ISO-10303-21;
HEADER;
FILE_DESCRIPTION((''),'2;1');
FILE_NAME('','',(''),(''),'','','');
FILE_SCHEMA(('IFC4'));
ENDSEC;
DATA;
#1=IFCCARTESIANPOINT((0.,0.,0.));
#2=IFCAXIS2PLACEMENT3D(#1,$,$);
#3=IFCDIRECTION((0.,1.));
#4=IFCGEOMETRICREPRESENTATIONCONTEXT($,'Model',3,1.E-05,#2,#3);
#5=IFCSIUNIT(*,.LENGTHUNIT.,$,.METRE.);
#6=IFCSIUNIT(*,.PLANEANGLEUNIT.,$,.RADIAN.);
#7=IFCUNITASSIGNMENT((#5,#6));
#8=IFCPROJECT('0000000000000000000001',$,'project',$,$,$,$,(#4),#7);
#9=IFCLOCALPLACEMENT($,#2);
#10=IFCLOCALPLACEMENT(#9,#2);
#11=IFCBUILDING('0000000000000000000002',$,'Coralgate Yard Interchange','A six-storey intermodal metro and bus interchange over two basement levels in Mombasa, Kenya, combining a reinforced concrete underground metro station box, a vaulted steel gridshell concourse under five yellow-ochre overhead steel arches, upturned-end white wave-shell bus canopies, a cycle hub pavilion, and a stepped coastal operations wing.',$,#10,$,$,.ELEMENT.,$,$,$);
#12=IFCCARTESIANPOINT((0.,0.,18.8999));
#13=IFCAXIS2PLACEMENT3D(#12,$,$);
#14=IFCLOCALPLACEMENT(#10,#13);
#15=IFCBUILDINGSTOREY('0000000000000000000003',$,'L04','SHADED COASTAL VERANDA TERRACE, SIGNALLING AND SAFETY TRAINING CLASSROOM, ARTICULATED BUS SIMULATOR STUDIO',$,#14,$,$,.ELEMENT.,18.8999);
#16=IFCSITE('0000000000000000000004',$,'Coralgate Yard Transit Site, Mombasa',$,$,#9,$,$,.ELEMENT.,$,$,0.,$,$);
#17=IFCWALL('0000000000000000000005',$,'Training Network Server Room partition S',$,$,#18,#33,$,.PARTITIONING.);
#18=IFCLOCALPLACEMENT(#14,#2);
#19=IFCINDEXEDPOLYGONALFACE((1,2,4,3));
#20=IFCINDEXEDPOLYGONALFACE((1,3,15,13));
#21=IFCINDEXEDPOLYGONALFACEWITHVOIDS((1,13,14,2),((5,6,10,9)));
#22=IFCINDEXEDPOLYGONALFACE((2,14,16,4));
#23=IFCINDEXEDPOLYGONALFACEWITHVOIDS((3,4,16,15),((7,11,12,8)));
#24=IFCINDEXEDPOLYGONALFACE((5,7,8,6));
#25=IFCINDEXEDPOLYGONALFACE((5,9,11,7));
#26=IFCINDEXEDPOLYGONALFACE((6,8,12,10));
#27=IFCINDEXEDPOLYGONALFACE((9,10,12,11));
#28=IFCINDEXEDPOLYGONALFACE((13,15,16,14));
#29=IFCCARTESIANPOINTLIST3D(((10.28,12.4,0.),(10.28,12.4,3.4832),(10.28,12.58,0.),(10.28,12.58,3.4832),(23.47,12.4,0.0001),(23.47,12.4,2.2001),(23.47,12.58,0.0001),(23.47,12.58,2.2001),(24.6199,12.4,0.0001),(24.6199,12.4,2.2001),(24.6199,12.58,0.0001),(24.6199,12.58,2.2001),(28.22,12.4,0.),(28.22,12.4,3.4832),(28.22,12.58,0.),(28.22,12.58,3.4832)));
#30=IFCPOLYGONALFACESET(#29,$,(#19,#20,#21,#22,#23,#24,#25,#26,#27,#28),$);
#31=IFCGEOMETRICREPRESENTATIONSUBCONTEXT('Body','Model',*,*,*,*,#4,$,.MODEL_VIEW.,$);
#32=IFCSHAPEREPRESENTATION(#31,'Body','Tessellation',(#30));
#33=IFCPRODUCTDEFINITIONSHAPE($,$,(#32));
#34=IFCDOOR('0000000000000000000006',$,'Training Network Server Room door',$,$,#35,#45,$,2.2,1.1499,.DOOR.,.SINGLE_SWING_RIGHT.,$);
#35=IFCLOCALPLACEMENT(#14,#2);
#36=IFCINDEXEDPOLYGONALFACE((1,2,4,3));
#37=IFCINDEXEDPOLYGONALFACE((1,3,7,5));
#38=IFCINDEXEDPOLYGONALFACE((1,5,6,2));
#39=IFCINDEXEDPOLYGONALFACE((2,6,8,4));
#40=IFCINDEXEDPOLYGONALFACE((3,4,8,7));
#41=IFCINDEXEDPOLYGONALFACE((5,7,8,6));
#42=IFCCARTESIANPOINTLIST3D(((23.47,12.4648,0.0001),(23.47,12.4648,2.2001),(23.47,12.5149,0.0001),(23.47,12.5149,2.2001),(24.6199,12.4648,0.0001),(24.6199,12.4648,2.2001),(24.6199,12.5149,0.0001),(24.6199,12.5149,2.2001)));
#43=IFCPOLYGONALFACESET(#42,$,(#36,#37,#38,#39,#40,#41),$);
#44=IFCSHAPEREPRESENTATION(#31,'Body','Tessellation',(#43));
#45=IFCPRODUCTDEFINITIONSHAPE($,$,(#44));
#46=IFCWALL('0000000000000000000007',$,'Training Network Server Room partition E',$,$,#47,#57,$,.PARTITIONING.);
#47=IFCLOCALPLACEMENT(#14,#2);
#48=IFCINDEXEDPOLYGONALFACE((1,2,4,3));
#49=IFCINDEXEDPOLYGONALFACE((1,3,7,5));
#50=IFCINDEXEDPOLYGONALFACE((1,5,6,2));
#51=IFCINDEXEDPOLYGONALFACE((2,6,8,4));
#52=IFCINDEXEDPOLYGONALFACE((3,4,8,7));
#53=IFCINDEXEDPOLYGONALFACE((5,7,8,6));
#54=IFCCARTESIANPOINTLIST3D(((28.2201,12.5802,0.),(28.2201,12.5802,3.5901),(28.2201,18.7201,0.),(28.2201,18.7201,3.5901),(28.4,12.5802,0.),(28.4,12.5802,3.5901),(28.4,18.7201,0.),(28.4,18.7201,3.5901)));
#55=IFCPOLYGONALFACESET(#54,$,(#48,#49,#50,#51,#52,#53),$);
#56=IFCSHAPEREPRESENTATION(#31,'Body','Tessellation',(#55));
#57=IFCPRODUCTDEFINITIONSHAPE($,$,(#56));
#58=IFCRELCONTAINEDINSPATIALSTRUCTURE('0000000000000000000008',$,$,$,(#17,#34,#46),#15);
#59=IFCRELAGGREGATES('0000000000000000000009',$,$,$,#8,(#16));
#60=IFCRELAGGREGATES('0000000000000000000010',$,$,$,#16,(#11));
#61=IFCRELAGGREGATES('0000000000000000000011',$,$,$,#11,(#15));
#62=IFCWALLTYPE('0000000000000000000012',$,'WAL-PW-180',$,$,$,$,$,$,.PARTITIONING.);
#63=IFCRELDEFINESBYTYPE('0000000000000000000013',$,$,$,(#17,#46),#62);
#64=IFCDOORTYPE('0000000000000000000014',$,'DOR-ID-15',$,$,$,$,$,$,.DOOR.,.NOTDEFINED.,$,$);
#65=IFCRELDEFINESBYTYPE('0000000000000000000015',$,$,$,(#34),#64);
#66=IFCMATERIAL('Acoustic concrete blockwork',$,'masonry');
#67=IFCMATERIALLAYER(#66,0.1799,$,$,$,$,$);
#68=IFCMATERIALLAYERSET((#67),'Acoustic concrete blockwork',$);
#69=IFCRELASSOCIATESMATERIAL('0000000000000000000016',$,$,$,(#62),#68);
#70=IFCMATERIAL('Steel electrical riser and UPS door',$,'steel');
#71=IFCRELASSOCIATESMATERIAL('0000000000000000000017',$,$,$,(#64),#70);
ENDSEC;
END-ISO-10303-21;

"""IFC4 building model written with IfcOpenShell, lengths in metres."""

from ifc_helpers import new_model, si_unit, direction, frame, frame_2d, origin, place, context, subcontext, project, spatial, rectangle, extrude, material, layer, layer_set, type_object, element, fill, save


model = new_model("IFC4")

# Units and contexts
model_context = context("Model", 3, precision=1e-05, world=origin(), true_north=direction((0.0, 1.0)))
body_context = subcontext(model_context, "Body", "Model", "MODEL_VIEW")
ifc_project = project(units=[si_unit("LENGTHUNIT", "METRE"), si_unit("PLANEANGLEUNIT", "RADIAN")], contexts=[model_context])

# Site, building, storey
site_placement = place(None, origin())
site = spatial("IfcSite", under=ifc_project, at=site_placement, Name="Coralgate Yard Transit Site, Mombasa", CompositionType="ELEMENT", RefElevation=0.0)
building_placement = place(site_placement, origin())
building = spatial("IfcBuilding", under=site, at=building_placement, Name="Coralgate Yard Interchange", Description="A six-storey intermodal metro and bus interchange over two basement levels in Mombasa, Kenya, combining a reinforced concrete underground metro station box, a vaulted steel gridshell concourse under five yellow-ochre overhead steel arches, upturned-end white wave-shell bus canopies, a cycle hub pavilion, and a stepped coastal operations wing.", CompositionType="ELEMENT")
storey_placement = place(building_placement, frame((0.0, 0.0, 18.8999)))
storey = spatial("IfcBuildingStorey", under=building, at=storey_placement, Name="L04", Description="SHADED COASTAL VERANDA TERRACE, SIGNALLING AND SAFETY TRAINING CLASSROOM, ARTICULATED BUS SIMULATOR STUDIO", CompositionType="ELEMENT", Elevation=18.8999)

# Wall, opening, door
ifc_material_1 = material(Name="Acoustic concrete blockwork", Category="masonry")
ifc_layer_1 = layer(ifc_material_1, 0.1799)
ifc_layer_set_1 = layer_set([ifc_layer_1], Name="Acoustic concrete blockwork")
wall_type_1 = type_object("IfcWallType", Name="WAL-PW-180", PredefinedType="PARTITIONING", material=ifc_layer_set_1)
wall_1_placement = place(storey_placement, frame((28.22, 12.49, 0.0), z_axis=(0.0, 0.0, 1.0), x_axis=(-1.0, 0.0, 0.0)))
wall_1 = element("IfcWall", 1, at=wall_1_placement, inside=storey, type_object=wall_type_1, Name="Training Network Server Room partition S", PredefinedType="PARTITIONING", context=body_context, shape_type="SweptSolid", body=[
    extrude(rectangle(XDim=17.9399, YDim=0.1799, at=frame_2d((8.97, 0.0))), origin(), (0.0, 0.0, 1.0), 3.4832),
])
opening_1_placement = place(wall_1_placement, frame((3.6001, 0.0, 0.0)))
opening_1 = element("IfcOpeningElement", 2, at=opening_1_placement, cuts=wall_1, PredefinedType="OPENING", context=body_context, shape_type="SweptSolid", body=[
    extrude(rectangle(XDim=1.1499, YDim=2.2, at=frame_2d((0.575, 1.1001))), frame((0.0, 0.0999, 0.0), z_axis=(0.0, -1.0, 0.0), x_axis=(1.0, 0.0, 0.0)), (0.0, 0.0, 1.0), 0.2),
])
ifc_material_2 = material(Name="Steel electrical riser and UPS door", Category="steel")
door_type = type_object("IfcDoorType", Name="DOR-ID-15", OperationType="NOTDEFINED", PredefinedType="DOOR", material=ifc_material_2)
door_placement = place(opening_1_placement, frame((1.1499, 0.0, 0.0), z_axis=(0.0, 0.0, 1.0), x_axis=(-1.0, 0.0, 0.0)))
door = element("IfcDoor", 3, at=door_placement, inside=storey, type_object=door_type, Name="Training Network Server Room door", OperationType="SINGLE_SWING_RIGHT", OverallHeight=2.2, OverallWidth=1.1499, PredefinedType="DOOR", context=body_context, shape_type="SweptSolid", body=[
    extrude(rectangle(XDim=1.1499, YDim=2.2, at=frame_2d((0.575, 1.1001))), frame((0.0, 0.0249, 0.0), z_axis=(0.0, -1.0, 0.0), x_axis=(1.0, 0.0, 0.0)), (0.0, 0.0, 1.0), 0.05),
])
fill(opening_1, door)

# Wall
wall_2_placement = place(storey_placement, frame((28.3101, 18.72, 0.0), z_axis=(0.0, 0.0, 1.0), x_axis=(0.0, -1.0, 0.0)))
element("IfcWall", 4, at=wall_2_placement, inside=storey, type_object=wall_type_1, Name="Training Network Server Room partition E", PredefinedType="PARTITIONING", context=body_context, shape_type="SweptSolid", body=[
    extrude(rectangle(XDim=6.1399, YDim=0.1799, at=frame_2d((3.0698, 0.0))), origin(), (0.0, 0.0, 1.0), 3.5901),
])

save(model, "model.ifc")
